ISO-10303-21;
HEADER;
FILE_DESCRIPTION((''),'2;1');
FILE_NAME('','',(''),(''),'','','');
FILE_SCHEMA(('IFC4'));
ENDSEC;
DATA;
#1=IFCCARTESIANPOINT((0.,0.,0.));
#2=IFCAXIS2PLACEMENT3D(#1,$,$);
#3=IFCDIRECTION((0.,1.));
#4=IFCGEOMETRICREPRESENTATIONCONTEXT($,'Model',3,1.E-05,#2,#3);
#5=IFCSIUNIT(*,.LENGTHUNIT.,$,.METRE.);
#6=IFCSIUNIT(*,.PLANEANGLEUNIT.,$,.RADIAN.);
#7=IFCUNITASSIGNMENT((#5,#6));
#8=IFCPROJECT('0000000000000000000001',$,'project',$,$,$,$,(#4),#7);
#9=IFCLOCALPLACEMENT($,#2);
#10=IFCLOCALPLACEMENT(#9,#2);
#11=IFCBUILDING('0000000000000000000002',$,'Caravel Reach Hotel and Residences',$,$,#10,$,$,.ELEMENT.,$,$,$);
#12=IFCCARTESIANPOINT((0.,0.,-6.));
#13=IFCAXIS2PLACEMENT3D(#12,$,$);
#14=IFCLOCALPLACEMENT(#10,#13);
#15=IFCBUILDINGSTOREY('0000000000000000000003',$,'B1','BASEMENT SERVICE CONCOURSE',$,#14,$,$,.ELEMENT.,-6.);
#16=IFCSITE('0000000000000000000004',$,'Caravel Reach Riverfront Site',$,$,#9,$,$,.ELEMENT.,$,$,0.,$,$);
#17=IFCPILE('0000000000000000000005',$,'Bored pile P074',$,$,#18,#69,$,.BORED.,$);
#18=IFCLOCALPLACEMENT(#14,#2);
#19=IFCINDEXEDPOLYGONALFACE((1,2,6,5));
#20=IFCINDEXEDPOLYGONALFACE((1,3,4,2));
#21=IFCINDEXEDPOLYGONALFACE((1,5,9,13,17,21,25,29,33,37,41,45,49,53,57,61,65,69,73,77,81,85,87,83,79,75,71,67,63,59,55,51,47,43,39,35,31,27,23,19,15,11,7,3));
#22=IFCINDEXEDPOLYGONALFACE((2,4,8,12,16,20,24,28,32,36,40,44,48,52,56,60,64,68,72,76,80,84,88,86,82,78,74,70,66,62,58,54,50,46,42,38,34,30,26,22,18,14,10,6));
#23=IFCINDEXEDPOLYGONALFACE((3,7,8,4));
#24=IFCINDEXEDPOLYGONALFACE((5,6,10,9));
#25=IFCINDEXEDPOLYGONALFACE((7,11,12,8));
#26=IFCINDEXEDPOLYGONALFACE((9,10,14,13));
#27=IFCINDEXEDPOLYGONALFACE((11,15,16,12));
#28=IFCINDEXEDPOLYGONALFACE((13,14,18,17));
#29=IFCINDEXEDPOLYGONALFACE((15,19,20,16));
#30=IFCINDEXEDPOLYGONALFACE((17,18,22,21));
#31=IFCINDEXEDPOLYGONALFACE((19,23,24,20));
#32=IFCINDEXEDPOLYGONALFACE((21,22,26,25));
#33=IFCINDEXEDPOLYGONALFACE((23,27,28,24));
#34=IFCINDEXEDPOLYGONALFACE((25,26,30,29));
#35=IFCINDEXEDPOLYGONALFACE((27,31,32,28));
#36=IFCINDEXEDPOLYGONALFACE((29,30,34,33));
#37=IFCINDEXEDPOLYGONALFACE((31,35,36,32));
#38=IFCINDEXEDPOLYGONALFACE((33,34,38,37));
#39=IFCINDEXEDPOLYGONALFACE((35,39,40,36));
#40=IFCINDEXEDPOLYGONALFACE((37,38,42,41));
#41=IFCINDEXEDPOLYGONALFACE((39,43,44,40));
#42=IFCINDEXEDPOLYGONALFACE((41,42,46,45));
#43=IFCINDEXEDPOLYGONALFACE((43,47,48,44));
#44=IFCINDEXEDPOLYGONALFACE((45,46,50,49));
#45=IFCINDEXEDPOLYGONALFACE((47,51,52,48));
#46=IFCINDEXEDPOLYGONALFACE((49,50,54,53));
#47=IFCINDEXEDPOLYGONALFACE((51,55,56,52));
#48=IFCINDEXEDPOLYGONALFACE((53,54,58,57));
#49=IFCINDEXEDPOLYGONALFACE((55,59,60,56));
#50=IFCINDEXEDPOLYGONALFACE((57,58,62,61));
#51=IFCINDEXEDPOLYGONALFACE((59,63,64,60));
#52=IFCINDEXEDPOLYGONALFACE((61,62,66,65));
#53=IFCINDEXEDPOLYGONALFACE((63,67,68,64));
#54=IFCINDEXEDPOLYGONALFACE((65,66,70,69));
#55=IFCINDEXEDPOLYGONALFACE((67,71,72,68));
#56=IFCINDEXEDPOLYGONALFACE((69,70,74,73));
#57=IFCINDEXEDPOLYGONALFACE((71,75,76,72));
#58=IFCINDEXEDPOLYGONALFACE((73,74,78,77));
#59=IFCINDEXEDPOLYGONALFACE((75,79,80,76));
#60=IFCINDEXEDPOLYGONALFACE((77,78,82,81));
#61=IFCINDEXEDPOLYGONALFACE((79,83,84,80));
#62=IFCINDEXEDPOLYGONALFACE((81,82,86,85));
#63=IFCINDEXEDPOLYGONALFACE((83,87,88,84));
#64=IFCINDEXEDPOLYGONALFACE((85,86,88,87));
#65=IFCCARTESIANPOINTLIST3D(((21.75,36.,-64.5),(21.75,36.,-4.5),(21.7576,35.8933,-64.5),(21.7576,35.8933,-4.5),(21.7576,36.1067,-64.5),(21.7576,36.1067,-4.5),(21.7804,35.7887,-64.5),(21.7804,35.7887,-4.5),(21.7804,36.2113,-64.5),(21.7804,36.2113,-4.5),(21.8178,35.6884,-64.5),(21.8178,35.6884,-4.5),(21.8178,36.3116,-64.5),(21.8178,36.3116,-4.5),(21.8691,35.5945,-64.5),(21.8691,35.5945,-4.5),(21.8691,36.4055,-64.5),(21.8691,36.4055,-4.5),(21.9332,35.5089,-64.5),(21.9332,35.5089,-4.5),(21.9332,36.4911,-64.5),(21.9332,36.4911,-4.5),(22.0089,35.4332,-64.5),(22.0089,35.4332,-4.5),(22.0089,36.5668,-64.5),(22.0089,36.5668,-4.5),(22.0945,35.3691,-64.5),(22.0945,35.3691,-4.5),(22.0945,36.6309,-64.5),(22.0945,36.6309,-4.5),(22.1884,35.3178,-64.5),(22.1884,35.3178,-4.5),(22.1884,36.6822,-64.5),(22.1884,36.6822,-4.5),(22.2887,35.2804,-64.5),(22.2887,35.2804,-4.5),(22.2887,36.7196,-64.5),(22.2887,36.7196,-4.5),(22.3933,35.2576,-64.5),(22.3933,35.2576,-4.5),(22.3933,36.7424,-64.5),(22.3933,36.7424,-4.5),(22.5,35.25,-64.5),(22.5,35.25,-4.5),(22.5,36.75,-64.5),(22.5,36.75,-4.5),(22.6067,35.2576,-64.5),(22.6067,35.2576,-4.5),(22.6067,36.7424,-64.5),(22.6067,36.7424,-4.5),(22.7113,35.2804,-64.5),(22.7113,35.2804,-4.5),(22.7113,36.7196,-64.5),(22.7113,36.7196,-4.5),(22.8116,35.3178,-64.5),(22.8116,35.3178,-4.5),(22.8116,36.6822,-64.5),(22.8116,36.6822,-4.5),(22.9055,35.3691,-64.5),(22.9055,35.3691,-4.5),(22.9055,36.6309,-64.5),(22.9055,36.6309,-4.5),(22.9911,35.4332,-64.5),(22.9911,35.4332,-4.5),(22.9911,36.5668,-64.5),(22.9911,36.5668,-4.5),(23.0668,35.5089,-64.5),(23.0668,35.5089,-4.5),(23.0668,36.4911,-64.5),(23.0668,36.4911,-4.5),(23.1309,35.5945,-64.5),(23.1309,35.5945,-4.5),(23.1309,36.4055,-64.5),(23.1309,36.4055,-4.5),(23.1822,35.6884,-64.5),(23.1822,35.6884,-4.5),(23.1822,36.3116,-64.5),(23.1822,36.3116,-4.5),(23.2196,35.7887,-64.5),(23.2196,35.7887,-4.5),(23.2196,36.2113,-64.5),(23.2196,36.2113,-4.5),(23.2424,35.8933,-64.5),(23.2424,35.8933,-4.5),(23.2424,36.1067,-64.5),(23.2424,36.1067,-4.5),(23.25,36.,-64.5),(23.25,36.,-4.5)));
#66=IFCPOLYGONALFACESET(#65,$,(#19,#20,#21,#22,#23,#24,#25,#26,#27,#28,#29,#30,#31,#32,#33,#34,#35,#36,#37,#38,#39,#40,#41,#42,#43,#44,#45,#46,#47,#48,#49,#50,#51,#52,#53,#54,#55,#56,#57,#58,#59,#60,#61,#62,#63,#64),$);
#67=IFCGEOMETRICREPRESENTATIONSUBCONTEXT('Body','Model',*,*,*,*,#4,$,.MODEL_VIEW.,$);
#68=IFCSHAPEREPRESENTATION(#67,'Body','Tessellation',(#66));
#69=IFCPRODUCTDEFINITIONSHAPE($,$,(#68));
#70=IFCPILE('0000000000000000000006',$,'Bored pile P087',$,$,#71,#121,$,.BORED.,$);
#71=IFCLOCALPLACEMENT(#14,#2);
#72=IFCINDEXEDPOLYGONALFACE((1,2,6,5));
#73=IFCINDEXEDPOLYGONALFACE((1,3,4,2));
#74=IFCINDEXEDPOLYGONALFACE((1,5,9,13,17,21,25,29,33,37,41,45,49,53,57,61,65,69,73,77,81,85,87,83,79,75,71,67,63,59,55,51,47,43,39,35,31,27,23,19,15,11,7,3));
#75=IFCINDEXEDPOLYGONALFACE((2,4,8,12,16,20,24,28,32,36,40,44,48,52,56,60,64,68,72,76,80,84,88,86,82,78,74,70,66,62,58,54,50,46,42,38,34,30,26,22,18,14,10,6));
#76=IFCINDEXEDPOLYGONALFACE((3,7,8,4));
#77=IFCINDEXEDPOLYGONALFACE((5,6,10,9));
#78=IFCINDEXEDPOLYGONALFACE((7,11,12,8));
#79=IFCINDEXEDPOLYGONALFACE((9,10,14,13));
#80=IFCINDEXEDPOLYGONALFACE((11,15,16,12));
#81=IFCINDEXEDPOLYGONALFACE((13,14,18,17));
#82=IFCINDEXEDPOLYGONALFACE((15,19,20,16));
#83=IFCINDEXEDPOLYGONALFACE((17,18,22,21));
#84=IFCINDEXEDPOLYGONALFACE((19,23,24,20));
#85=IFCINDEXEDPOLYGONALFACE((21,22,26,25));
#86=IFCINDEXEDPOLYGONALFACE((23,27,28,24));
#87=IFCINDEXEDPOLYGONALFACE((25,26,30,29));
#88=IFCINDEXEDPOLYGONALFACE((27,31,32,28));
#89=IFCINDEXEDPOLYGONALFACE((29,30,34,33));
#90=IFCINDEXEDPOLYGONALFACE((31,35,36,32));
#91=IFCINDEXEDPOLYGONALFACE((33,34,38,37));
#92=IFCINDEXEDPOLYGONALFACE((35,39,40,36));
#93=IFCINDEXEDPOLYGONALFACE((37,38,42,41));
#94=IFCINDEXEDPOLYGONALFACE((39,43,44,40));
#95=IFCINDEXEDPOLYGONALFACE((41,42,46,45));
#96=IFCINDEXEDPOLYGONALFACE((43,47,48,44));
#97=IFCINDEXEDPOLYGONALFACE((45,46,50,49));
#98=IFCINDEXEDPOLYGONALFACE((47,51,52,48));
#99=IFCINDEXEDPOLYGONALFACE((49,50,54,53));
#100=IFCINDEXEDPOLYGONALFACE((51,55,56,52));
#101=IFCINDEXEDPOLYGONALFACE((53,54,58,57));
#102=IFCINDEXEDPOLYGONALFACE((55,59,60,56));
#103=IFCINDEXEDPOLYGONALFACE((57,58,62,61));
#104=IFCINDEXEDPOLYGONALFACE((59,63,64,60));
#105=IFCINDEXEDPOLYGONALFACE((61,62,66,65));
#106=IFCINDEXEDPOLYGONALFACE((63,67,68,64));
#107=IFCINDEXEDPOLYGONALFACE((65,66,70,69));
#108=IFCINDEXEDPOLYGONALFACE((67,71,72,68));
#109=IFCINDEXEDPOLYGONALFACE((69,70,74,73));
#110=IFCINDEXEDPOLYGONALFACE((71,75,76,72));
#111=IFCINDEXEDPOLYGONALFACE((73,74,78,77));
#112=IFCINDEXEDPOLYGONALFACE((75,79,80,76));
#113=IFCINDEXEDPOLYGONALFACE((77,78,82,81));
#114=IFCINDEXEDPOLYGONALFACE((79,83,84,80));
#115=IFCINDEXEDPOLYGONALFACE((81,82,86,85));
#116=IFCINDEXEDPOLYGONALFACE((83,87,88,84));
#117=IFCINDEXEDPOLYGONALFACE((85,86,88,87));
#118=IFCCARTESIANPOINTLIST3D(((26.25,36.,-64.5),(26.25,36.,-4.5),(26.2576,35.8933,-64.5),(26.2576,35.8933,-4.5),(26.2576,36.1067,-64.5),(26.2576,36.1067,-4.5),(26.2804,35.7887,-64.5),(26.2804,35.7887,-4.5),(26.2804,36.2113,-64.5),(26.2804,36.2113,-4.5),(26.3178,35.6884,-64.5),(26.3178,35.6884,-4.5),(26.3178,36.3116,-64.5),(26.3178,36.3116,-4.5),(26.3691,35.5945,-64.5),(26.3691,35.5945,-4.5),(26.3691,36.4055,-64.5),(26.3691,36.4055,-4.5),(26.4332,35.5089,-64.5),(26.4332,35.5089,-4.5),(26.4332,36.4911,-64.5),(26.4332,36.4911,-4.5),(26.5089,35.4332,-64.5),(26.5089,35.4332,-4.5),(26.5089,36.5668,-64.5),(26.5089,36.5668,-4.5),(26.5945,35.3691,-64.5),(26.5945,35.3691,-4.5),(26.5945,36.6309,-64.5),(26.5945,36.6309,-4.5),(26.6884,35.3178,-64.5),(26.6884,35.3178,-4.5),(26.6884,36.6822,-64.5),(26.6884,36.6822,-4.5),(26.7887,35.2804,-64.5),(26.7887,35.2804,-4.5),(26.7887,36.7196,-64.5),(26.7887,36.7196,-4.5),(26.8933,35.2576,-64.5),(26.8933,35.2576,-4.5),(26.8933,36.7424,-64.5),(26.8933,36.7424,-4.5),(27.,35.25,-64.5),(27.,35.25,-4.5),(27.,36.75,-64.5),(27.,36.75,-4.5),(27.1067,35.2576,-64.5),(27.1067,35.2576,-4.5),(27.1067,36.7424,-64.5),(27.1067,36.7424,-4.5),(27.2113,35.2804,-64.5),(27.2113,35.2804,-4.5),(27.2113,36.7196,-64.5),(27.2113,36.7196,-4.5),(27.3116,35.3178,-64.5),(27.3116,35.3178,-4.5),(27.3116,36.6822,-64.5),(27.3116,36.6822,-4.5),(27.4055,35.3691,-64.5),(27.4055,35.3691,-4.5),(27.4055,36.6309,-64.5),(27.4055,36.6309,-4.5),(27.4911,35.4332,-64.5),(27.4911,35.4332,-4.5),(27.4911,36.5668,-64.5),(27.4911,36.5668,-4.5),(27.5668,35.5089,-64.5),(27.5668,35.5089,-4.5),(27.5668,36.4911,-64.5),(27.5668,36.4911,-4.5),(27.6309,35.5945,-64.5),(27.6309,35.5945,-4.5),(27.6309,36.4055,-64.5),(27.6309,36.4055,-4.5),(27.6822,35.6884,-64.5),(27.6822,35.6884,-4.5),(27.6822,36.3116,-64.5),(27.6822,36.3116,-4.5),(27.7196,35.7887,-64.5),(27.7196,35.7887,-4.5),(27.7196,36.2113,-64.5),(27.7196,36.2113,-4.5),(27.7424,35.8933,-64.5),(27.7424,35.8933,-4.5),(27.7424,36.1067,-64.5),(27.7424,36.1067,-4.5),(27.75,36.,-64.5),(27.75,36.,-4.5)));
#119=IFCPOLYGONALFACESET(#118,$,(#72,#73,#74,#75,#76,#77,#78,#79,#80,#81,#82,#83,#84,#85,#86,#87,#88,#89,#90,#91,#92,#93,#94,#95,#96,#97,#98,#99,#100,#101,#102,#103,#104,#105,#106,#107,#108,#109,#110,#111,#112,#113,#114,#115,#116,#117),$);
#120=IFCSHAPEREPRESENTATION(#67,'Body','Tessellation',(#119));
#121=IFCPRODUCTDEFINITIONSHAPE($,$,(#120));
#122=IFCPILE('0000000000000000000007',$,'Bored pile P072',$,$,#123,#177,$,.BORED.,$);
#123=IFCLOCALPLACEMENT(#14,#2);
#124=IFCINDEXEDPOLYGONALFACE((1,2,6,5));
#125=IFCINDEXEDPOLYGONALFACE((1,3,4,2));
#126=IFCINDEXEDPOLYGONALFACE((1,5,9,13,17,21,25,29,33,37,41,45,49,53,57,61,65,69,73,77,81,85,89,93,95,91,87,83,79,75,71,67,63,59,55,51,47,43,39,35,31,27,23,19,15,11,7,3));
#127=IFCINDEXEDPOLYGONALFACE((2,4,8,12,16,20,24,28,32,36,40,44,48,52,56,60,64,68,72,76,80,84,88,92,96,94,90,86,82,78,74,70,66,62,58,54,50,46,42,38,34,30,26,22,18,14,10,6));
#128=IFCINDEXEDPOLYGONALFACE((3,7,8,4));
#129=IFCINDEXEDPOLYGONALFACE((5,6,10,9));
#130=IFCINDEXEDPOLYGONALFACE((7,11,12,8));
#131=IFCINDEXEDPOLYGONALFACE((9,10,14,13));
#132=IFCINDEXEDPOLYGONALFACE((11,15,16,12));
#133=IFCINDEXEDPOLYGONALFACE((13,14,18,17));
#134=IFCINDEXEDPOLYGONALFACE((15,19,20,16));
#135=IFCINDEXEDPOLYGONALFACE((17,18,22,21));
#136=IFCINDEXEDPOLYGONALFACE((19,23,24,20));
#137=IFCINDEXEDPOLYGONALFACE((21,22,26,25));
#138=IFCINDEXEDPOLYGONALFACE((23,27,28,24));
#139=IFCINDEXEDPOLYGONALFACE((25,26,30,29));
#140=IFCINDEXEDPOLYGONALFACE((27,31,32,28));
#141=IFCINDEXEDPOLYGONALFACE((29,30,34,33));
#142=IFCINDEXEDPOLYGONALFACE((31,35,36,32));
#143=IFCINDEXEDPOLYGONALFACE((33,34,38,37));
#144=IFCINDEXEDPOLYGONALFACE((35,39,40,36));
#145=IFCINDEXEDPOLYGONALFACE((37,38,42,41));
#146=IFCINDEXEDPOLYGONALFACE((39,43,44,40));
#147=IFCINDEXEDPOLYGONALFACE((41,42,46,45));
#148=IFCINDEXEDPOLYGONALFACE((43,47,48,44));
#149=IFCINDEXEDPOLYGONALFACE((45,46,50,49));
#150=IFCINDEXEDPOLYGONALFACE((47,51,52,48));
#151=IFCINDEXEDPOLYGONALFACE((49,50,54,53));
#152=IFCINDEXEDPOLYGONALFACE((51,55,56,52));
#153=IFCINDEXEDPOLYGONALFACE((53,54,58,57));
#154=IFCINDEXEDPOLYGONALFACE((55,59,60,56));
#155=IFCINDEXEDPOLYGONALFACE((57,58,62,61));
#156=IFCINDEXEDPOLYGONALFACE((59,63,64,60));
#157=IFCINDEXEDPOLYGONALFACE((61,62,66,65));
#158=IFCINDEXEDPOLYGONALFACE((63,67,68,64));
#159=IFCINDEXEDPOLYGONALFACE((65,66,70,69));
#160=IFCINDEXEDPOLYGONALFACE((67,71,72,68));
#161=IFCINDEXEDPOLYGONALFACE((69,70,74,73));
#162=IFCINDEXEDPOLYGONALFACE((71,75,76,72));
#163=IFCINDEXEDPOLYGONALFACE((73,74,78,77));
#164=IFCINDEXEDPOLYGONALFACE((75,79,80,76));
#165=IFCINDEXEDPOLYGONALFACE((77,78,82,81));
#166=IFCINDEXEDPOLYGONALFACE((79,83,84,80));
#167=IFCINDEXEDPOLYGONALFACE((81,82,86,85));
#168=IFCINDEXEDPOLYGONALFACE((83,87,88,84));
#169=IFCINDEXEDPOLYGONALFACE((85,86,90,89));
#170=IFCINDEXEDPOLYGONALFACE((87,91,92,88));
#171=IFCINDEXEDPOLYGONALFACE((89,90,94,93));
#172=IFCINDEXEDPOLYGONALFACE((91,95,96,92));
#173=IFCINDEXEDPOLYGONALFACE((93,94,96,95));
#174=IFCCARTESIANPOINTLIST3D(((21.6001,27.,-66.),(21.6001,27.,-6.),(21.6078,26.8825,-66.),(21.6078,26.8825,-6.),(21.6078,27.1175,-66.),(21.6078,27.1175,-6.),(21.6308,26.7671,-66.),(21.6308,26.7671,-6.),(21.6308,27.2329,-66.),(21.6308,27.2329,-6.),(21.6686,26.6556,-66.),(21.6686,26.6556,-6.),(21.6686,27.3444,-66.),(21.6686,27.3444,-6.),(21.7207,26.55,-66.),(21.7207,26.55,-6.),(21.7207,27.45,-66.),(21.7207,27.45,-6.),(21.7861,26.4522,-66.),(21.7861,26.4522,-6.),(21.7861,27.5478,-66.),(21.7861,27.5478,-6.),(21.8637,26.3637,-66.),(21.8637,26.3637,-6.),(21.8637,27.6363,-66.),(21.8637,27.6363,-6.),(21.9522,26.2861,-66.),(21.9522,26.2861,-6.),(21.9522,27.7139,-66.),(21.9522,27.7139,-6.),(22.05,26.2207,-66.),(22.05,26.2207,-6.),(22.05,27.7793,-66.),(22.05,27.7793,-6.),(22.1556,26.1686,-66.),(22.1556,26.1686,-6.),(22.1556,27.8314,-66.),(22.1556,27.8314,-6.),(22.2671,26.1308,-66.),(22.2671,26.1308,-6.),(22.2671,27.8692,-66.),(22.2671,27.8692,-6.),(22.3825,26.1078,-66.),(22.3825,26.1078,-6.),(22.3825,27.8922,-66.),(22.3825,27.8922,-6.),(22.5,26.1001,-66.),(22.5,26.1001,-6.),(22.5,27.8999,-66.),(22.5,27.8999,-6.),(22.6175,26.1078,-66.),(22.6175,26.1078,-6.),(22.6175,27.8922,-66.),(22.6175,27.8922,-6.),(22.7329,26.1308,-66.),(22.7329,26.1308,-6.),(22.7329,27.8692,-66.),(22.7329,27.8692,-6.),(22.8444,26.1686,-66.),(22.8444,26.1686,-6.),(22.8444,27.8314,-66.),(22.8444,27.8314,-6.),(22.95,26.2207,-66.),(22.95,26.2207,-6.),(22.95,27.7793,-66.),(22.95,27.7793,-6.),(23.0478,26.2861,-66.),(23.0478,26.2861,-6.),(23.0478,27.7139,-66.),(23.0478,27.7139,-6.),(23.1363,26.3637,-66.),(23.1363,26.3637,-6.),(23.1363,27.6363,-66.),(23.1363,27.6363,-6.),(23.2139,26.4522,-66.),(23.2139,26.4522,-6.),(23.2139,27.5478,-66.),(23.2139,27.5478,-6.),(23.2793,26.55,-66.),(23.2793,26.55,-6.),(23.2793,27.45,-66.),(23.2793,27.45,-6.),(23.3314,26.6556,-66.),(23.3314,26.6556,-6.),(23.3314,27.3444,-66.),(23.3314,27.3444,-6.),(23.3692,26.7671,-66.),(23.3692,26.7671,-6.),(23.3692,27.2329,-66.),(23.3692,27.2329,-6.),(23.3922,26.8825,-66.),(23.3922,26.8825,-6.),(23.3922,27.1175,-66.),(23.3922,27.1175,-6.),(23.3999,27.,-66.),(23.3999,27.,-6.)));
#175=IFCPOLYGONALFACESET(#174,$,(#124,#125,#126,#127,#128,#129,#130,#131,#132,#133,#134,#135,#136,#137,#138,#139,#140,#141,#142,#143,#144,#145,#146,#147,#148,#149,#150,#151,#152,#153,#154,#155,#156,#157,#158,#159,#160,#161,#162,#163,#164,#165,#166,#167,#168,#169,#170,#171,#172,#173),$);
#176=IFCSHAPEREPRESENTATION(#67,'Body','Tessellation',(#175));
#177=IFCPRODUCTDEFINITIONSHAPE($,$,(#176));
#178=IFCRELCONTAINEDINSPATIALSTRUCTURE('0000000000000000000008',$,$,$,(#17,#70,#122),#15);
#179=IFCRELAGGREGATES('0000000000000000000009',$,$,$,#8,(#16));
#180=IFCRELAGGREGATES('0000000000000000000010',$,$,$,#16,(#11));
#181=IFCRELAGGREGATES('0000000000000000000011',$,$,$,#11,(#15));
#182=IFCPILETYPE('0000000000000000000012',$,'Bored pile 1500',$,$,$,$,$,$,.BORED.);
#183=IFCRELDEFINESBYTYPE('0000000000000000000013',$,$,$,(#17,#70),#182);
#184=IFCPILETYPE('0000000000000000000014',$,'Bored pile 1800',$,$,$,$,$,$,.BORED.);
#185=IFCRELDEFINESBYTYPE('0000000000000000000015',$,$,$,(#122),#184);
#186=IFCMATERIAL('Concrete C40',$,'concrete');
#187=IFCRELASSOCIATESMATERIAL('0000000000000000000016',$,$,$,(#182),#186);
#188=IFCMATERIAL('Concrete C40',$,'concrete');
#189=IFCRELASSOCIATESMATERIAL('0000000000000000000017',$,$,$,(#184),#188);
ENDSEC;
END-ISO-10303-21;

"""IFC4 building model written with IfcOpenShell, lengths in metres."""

from ifc_helpers import new_model, si_unit, direction, frame, origin, origin_2d, place, context, subcontext, project, spatial, circle, extrude, material, material_profile, profile_set, type_object, element, save


model = new_model("IFC4")

# Units and contexts
model_context = context("Model", 3, precision=1e-05, world=origin(), true_north=direction((0.0, 1.0)))
body_context = subcontext(model_context, "Body", "Model", "MODEL_VIEW")
ifc_project = project(units=[si_unit("LENGTHUNIT", "METRE"), si_unit("PLANEANGLEUNIT", "RADIAN")], contexts=[model_context])

# Site, building, storey
site_placement = place(None, origin())
site = spatial("IfcSite", under=ifc_project, at=site_placement, Name="Caravel Reach Riverfront Site", CompositionType="ELEMENT", RefElevation=0.0)
building_placement = place(site_placement, origin())
building = spatial("IfcBuilding", under=site, at=building_placement, Name="Caravel Reach Hotel and Residences", CompositionType="ELEMENT")
storey_placement = place(building_placement, frame((0.0, 0.0, -6.0)))
storey = spatial("IfcBuildingStorey", under=building, at=storey_placement, Name="B1", Description="BASEMENT SERVICE CONCOURSE", CompositionType="ELEMENT", Elevation=-6.0)

# Piles
ifc_material_1 = material(Name="Concrete C40", Category="concrete")
ifc_material_profile_1 = material_profile(ifc_material_1, circle(Radius=0.75, at=origin_2d()), Name="PILE 1500")
ifc_profile_set_1 = profile_set([ifc_material_profile_1], Name="Concrete C40")
pile_type_1 = type_object("IfcPileType", Name="Bored pile 1500", PredefinedType="BORED", material=ifc_profile_set_1)
for number, where, z_axis, x_axis, name in (
    (1, (22.5, 36.0, -4.5), (0.0, 0.0, -1.0), (1.0, 0.0, 0.0), "Bored pile P074"),
    (2, (27.0, 36.0, -4.5), (0.0, 0.0, -1.0), (1.0, 0.0, 0.0), "Bored pile P087"),
):
    element("IfcPile", number, at=place(storey_placement, frame(where, z_axis=z_axis, x_axis=x_axis)), inside=storey, type_object=pile_type_1, Name=name, PredefinedType="BORED", context=body_context, shape_type="SweptSolid", body=[
        extrude(circle(Radius=0.75, at=origin_2d()), origin(), (0.0, 0.0, 1.0), 60.0),
    ])
ifc_material_2 = material(Name="Concrete C40", Category="concrete")
ifc_material_profile_2 = material_profile(ifc_material_2, circle(Radius=0.8999, at=origin_2d()), Name="PILE 1800")
ifc_profile_set_2 = profile_set([ifc_material_profile_2], Name="Concrete C40")
pile_type_2 = type_object("IfcPileType", Name="Bored pile 1800", PredefinedType="BORED", material=ifc_profile_set_2)
for number, where, z_axis, x_axis, name in (
    (3, (22.5, 27.0, -6.0), (0.0, 0.0, -1.0), (1.0, 0.0, 0.0), "Bored pile P072"),
):
    element("IfcPile", number, at=place(storey_placement, frame(where, z_axis=z_axis, x_axis=x_axis)), inside=storey, type_object=pile_type_2, Name=name, PredefinedType="BORED", context=body_context, shape_type="SweptSolid", body=[
        extrude(circle(Radius=0.8999, at=origin_2d()), origin(), (0.0, 0.0, 1.0), 60.0),
    ])

save(model, "model.ifc")
